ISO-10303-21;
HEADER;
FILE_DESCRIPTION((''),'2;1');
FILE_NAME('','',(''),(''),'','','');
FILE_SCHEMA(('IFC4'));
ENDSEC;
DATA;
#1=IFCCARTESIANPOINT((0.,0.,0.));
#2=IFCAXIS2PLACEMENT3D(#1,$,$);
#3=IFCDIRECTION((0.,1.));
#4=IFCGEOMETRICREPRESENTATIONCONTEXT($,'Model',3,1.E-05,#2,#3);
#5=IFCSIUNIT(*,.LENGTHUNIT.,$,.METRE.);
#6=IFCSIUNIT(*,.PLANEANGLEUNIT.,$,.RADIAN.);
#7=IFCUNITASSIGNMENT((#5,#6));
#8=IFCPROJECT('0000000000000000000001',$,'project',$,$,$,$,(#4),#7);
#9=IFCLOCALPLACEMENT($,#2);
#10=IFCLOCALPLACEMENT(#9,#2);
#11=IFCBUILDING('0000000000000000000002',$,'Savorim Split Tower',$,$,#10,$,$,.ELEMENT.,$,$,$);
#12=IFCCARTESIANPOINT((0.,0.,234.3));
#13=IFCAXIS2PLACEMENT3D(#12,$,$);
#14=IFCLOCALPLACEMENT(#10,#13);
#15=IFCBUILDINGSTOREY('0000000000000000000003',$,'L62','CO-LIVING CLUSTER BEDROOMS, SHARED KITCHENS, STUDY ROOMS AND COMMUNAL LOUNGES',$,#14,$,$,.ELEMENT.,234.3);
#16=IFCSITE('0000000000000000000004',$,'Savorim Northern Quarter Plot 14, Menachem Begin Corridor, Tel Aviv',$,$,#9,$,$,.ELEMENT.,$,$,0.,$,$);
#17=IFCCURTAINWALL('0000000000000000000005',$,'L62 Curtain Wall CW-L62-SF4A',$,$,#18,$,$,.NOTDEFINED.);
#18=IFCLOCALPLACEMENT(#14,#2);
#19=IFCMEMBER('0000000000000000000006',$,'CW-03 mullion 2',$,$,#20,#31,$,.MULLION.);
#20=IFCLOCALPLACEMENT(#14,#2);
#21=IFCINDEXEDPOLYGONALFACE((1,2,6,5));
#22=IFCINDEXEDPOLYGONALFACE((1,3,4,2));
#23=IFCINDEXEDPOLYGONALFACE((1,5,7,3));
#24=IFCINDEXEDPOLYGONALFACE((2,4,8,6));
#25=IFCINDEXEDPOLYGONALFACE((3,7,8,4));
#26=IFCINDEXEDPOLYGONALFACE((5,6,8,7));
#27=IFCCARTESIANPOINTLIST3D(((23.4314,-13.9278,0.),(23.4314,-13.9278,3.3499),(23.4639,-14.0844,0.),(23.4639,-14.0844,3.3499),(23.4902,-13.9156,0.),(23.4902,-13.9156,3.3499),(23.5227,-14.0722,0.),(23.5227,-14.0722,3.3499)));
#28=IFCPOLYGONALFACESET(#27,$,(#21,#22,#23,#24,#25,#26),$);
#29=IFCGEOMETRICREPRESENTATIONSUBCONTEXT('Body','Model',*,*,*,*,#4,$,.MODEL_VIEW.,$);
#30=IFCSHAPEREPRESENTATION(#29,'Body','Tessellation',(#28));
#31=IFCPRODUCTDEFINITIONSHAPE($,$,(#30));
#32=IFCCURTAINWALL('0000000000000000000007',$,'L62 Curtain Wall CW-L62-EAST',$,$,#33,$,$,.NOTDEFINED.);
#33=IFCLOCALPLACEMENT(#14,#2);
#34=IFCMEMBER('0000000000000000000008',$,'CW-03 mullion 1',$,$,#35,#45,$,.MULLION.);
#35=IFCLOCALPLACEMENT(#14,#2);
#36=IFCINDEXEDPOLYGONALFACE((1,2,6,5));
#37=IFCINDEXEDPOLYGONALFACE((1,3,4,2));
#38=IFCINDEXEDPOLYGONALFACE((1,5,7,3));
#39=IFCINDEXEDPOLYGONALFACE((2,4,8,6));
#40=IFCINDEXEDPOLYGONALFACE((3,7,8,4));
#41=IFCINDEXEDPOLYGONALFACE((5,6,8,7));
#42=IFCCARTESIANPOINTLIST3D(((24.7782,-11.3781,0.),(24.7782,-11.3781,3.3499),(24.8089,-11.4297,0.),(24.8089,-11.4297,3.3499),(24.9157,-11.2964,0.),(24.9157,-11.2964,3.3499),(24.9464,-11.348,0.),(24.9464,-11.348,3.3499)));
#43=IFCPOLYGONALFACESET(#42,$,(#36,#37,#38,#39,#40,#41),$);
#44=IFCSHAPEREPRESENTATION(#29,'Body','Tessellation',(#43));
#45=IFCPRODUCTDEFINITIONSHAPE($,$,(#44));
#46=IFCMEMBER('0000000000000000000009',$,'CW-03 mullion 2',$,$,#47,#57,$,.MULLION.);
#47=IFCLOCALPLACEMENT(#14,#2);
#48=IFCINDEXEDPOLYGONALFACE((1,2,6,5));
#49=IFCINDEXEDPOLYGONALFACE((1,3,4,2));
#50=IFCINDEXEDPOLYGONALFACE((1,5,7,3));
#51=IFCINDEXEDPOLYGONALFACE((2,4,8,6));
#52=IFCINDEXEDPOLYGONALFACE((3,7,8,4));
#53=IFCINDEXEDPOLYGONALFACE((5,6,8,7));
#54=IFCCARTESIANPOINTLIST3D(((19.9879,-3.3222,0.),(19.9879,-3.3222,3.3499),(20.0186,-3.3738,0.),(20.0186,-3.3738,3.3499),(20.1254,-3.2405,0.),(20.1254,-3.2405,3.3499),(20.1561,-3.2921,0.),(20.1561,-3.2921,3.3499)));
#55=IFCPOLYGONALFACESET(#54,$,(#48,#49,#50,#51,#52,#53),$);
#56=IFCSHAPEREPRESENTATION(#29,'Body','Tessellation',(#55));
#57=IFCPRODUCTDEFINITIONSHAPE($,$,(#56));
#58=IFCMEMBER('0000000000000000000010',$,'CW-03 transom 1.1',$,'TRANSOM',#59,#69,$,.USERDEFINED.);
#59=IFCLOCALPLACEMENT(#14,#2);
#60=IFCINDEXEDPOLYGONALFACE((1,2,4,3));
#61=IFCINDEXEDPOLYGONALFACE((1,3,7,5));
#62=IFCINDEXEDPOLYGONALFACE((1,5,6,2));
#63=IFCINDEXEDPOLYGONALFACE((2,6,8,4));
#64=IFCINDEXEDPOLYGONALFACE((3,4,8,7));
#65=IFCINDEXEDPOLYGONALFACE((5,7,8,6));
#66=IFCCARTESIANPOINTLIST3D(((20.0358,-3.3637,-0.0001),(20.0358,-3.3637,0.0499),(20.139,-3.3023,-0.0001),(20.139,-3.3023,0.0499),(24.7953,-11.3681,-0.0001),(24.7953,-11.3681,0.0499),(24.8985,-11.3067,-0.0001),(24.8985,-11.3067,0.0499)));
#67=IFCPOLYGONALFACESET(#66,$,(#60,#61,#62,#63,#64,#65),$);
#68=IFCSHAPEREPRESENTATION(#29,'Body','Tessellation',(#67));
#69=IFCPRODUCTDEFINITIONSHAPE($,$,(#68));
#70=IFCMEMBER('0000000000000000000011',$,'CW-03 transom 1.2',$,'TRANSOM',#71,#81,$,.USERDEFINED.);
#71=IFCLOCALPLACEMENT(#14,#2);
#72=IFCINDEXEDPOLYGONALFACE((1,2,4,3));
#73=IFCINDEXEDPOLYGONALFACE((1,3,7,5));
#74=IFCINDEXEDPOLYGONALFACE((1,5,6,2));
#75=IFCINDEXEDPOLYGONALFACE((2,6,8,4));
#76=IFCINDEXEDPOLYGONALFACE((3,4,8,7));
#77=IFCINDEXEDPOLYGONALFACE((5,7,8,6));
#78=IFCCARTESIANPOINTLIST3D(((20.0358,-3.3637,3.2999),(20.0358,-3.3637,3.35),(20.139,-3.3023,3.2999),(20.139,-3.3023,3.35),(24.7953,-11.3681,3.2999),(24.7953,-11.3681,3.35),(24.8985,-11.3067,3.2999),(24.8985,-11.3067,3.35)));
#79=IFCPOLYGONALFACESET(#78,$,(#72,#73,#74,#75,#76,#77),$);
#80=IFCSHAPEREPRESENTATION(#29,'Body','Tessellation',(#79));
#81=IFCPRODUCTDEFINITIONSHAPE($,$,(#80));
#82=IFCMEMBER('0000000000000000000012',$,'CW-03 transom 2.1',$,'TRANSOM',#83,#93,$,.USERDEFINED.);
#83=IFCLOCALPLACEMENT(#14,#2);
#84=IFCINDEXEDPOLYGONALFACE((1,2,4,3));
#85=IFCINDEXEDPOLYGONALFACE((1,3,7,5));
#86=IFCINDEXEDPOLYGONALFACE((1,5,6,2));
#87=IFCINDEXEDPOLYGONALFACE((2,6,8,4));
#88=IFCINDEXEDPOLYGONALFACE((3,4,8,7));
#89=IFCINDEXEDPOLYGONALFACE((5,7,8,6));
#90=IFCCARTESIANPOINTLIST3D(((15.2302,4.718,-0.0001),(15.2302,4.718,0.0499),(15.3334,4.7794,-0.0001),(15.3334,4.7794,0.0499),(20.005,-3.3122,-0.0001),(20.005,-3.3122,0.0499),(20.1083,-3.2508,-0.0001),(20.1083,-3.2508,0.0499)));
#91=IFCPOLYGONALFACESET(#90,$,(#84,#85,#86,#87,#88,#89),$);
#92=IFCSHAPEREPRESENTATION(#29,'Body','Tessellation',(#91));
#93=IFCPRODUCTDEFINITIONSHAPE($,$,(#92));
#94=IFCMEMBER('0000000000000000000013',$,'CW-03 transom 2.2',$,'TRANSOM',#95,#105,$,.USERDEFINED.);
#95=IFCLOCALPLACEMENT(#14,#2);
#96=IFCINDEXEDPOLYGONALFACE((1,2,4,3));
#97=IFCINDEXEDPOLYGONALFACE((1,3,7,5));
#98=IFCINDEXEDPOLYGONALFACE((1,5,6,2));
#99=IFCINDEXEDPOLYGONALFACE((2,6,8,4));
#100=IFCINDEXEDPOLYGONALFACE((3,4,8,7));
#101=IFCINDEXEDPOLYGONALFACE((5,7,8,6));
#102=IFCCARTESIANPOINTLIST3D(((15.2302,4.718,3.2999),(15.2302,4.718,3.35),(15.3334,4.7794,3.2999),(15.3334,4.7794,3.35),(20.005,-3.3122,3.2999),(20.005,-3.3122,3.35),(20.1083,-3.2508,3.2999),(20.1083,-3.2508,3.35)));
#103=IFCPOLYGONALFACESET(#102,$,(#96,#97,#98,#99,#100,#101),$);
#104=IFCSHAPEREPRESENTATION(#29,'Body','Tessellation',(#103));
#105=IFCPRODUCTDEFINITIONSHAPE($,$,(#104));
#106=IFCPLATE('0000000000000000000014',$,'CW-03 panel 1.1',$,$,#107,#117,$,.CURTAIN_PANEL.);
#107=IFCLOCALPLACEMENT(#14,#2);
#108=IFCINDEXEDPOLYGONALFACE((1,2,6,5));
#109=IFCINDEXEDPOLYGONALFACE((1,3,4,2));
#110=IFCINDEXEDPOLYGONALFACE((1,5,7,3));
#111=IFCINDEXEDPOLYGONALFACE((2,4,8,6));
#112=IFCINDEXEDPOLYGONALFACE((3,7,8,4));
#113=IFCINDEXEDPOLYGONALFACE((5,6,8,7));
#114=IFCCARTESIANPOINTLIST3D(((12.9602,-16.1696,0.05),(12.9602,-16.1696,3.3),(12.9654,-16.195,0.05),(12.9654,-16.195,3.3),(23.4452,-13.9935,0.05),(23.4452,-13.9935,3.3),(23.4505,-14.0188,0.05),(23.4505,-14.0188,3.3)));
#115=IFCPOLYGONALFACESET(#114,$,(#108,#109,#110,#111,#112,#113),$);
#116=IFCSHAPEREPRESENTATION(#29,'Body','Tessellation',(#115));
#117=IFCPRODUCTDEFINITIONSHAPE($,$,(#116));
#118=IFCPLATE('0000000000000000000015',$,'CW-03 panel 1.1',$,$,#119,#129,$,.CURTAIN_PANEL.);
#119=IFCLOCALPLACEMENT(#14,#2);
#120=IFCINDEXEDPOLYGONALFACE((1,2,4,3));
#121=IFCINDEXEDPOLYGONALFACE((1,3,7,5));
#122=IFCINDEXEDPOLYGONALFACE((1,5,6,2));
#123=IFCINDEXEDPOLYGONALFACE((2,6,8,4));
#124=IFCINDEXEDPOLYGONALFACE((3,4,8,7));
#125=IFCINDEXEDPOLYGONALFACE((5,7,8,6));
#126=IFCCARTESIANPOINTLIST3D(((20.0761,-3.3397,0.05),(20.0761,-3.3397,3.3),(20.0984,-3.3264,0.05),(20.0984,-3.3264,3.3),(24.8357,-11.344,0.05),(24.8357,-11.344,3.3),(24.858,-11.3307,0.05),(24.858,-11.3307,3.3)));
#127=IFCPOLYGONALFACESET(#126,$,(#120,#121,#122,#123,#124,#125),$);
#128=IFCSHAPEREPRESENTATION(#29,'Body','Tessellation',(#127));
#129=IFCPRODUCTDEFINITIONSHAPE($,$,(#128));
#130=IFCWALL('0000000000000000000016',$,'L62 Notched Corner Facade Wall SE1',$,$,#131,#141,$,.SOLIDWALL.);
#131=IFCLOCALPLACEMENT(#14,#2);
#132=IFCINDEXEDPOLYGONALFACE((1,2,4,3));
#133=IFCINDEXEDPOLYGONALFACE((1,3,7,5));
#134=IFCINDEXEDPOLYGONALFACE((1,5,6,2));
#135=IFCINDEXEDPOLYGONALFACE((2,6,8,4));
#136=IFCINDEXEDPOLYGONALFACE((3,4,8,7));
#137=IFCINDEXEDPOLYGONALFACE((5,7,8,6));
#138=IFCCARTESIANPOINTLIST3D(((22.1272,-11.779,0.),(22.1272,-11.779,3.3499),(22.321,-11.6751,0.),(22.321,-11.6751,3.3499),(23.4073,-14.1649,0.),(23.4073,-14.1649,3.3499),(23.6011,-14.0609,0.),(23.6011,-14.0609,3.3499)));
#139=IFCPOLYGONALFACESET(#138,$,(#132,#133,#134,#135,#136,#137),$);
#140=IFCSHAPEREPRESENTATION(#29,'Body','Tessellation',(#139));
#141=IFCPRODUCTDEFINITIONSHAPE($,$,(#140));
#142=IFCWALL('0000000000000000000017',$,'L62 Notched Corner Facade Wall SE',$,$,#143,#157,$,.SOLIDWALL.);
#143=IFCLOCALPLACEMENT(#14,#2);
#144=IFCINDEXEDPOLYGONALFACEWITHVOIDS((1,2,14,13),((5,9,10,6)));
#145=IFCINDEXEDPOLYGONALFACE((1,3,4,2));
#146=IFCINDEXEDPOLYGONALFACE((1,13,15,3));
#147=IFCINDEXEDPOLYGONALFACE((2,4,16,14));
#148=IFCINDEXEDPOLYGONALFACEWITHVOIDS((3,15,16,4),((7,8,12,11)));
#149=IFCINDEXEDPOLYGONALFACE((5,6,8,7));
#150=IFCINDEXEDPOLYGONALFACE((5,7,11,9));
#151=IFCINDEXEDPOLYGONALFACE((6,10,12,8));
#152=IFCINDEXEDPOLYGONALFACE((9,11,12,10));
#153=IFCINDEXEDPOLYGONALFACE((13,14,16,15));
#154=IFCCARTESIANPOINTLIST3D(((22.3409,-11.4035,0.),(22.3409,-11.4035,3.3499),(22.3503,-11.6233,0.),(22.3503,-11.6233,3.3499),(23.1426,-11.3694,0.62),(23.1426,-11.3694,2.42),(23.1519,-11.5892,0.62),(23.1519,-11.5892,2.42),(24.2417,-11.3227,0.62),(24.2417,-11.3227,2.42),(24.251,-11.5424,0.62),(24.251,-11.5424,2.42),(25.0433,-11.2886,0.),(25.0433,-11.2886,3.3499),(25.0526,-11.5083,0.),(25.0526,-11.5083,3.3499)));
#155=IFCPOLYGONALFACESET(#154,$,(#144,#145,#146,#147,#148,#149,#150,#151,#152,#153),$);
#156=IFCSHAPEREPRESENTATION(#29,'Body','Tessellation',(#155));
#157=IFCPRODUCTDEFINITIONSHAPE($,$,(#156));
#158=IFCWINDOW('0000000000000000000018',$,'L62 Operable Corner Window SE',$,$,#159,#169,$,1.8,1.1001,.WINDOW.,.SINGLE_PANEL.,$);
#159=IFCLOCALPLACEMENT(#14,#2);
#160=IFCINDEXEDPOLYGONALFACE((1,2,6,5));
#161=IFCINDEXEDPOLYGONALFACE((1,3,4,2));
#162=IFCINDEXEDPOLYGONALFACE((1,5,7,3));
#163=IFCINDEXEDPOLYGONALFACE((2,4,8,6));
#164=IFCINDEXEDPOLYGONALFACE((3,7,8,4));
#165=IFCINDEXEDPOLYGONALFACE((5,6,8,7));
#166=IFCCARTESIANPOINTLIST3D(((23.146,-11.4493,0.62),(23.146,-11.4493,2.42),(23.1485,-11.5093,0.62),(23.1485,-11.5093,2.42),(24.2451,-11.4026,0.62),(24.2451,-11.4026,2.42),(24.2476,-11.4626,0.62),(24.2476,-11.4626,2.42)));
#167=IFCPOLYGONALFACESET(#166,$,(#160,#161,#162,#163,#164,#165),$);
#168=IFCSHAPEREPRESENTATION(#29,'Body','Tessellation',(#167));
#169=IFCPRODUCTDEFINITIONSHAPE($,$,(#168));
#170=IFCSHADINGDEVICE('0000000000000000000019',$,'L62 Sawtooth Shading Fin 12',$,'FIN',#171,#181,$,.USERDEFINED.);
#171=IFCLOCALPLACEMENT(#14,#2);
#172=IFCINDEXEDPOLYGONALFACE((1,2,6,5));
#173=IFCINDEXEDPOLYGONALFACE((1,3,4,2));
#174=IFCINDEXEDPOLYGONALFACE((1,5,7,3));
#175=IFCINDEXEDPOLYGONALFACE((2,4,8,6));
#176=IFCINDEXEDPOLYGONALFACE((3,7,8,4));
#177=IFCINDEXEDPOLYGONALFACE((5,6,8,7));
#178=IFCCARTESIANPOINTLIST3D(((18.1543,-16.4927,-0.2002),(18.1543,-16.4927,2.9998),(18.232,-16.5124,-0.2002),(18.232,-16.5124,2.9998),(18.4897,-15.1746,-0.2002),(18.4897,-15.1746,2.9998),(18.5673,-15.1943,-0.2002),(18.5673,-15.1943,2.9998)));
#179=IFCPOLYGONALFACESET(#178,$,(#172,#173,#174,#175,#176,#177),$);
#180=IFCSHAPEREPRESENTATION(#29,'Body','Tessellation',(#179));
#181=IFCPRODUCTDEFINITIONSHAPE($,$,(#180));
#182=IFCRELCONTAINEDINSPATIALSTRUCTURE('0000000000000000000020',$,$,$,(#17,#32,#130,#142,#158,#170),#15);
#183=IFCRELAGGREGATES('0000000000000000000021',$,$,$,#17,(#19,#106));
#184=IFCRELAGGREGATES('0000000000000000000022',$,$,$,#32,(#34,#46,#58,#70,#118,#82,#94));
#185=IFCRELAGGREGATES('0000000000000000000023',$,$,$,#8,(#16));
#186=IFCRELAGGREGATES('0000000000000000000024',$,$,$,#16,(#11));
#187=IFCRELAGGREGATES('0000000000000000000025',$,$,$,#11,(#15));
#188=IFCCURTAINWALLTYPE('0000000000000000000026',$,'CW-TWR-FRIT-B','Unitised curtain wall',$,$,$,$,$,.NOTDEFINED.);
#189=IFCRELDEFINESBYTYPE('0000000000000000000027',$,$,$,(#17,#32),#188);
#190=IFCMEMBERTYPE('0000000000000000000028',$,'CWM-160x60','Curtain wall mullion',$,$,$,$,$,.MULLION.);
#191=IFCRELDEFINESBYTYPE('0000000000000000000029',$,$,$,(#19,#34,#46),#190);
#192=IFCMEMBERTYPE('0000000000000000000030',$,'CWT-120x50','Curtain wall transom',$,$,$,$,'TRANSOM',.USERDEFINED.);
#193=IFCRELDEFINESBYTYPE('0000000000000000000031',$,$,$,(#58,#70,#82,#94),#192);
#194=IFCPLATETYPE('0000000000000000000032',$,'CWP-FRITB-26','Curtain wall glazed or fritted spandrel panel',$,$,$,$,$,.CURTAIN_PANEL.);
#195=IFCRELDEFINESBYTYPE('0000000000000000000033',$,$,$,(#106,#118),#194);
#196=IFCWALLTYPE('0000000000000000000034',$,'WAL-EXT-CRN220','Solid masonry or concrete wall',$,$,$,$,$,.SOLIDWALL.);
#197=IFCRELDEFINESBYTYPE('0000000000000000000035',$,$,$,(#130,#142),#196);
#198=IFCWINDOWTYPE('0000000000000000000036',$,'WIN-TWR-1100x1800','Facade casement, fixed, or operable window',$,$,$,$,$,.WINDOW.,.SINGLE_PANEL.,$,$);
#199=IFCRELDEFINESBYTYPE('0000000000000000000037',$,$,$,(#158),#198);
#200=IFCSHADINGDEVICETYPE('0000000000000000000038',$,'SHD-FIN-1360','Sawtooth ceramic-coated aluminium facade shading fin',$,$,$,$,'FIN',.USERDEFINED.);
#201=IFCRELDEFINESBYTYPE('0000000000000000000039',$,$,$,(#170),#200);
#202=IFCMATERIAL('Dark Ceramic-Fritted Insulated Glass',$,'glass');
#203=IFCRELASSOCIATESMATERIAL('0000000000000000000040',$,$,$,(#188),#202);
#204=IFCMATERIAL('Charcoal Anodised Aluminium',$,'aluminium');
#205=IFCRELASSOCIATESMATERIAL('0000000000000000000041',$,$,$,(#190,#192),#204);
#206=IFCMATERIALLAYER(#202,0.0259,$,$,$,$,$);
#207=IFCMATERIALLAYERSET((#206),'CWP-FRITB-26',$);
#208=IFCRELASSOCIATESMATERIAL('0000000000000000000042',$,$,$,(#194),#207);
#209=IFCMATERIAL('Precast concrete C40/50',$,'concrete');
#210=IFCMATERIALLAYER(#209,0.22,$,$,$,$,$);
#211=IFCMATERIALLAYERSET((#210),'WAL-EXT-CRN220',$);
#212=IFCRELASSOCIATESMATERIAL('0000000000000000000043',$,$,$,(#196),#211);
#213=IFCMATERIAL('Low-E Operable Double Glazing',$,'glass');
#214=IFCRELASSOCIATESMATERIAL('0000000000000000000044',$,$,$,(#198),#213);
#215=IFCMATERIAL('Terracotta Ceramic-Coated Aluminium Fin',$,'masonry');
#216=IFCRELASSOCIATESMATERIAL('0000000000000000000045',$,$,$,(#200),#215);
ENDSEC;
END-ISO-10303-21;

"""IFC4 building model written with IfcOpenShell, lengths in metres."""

from ifc_helpers import new_model, si_unit, direction, frame, frame_2d, origin, origin_2d, place, context, subcontext, project, spatial, rectangle, extrude, material, layer, layer_set, material_profile, profile_set, type_object, element, fill, aggregate, save


model = new_model("IFC4")

# Units and contexts
model_context = context("Model", 3, precision=1e-05, world=origin(), true_north=direction((0.0, 1.0)))
body_context = subcontext(model_context, "Body", "Model", "MODEL_VIEW")
ifc_project = project(units=[si_unit("LENGTHUNIT", "METRE"), si_unit("PLANEANGLEUNIT", "RADIAN")], contexts=[model_context])

# Site, building, storey
site_placement = place(None, origin())
site = spatial("IfcSite", under=ifc_project, at=site_placement, Name="Savorim Northern Quarter Plot 14, Menachem Begin Corridor, Tel Aviv", CompositionType="ELEMENT", RefElevation=0.0)
building_placement = place(site_placement, origin())
building = spatial("IfcBuilding", under=site, at=building_placement, Name="Savorim Split Tower", CompositionType="ELEMENT")
storey_placement = place(building_placement, frame((0.0, 0.0, 234.3)))
storey = spatial("IfcBuildingStorey", under=building, at=storey_placement, Name="L62", Description="CO-LIVING CLUSTER BEDROOMS, SHARED KITCHENS, STUDY ROOMS AND COMMUNAL LOUNGES", CompositionType="ELEMENT", Elevation=234.3)

# Curtain wall, member
ifc_material_1 = material(Name="Dark Ceramic-Fritted Insulated Glass", Category="glass")
curtain_wall_type = type_object("IfcCurtainWallType", Name="CW-TWR-FRIT-B", Description="Unitised curtain wall", PredefinedType="NOTDEFINED", material=ifc_material_1)
curtain_wall_1_placement = place(storey_placement, origin())
curtain_wall_1 = element("IfcCurtainWall", 1, at=curtain_wall_1_placement, inside=storey, type_object=curtain_wall_type, Name="L62 Curtain Wall CW-L62-SF4A", PredefinedType="NOTDEFINED")
ifc_material_2 = material(Name="Charcoal Anodised Aluminium", Category="aluminium")
ifc_material_profile_1 = material_profile(ifc_material_2, rectangle(XDim=0.1599, YDim=0.0601, at=origin_2d()), Name="ALU-M 160x60")
ifc_profile_set_1 = profile_set([ifc_material_profile_1], Name="Charcoal Anodised Aluminium")
member_type_1 = type_object("IfcMemberType", Name="CWM-160x60", Description="Curtain wall mullion", PredefinedType="MULLION", material=ifc_profile_set_1)
member_1_placement = place(storey_placement, frame((23.4771, -14.0, 0.0), z_axis=(0.0, 0.0, 1.0), x_axis=(-0.203215, 0.979134, 0.0)))
member_1 = element("IfcMember", 2, at=member_1_placement, type_object=member_type_1, Name="CW-03 mullion 2", PredefinedType="MULLION", context=body_context, shape_type="SweptSolid", body=[
    extrude(rectangle(XDim=0.1599, YDim=0.0601, at=origin_2d()), origin(), (0.0, 0.0, 1.0), 3.3499),
])

# Curtain wall, members
curtain_wall_2_placement = place(storey_placement, origin())
curtain_wall_2 = element("IfcCurtainWall", 3, at=curtain_wall_2_placement, inside=storey, type_object=curtain_wall_type, Name="L62 Curtain Wall CW-L62-EAST", PredefinedType="NOTDEFINED")
member_2_placement = place(storey_placement, frame((24.8623, -11.363, 0.0), z_axis=(0.0, 0.0, 1.0), x_axis=(-0.859524, -0.511096, 0.0)))
member_2 = element("IfcMember", 4, at=member_2_placement, type_object=member_type_1, Name="CW-03 mullion 1", PredefinedType="MULLION", context=body_context, shape_type="SweptSolid", body=[
    extrude(rectangle(XDim=0.1599, YDim=0.0601, at=origin_2d()), origin(), (0.0, 0.0, 1.0), 3.3499),
])
member_3_placement = place(storey_placement, frame((20.072, -3.3071, 0.0), z_axis=(0.0, 0.0, 1.0), x_axis=(-0.859524, -0.511096, 0.0)))
member_3 = element("IfcMember", 5, at=member_3_placement, type_object=member_type_1, Name="CW-03 mullion 2", PredefinedType="MULLION", context=body_context, shape_type="SweptSolid", body=[
    extrude(rectangle(XDim=0.1599, YDim=0.0601, at=origin_2d()), origin(), (0.0, 0.0, 1.0), 3.3499),
])
ifc_material_profile_2 = material_profile(ifc_material_2, rectangle(XDim=0.1201, YDim=0.05, at=origin_2d()), Name="ALU-T 120x50")
ifc_profile_set_2 = profile_set([ifc_material_profile_2], Name="Charcoal Anodised Aluminium")
member_type_2 = type_object("IfcMemberType", Name="CWT-120x50", Description="Curtain wall transom", ElementType="TRANSOM", PredefinedType="USERDEFINED", material=ifc_profile_set_2)
member_4_placement = place(storey_placement, frame((24.8469, -11.3374, 0.0249), z_axis=(-0.511087, 0.859529, 0.0), x_axis=(-0.859529, -0.511087, 0.0)))
member_4 = element("IfcMember", 6, at=member_4_placement, type_object=member_type_2, Name="CW-03 transom 1.1", ObjectType="TRANSOM", PredefinedType="USERDEFINED", context=body_context, shape_type="SweptSolid", body=[
    extrude(rectangle(XDim=0.1201, YDim=0.05, at=origin_2d()), origin(), (0.0, 0.0, 1.0), 9.3125),
])
member_5_placement = place(storey_placement, frame((24.8469, -11.3374, 3.325), z_axis=(-0.511087, 0.859529, 0.0), x_axis=(-0.859529, -0.511087, 0.0)))
member_5 = element("IfcMember", 7, at=member_5_placement, type_object=member_type_2, Name="CW-03 transom 1.2", ObjectType="TRANSOM", PredefinedType="USERDEFINED", context=body_context, shape_type="SweptSolid", body=[
    extrude(rectangle(XDim=0.1201, YDim=0.05, at=origin_2d()), origin(), (0.0, 0.0, 1.0), 9.3125),
])
member_6_placement = place(storey_placement, frame((20.0566, -3.2815, 0.0249), z_axis=(-0.511087, 0.859529, 0.0), x_axis=(-0.859529, -0.511087, 0.0)))
member_6 = element("IfcMember", 8, at=member_6_placement, type_object=member_type_2, Name="CW-03 transom 2.1", ObjectType="TRANSOM", PredefinedType="USERDEFINED", context=body_context, shape_type="SweptSolid", body=[
    extrude(rectangle(XDim=0.1201, YDim=0.05, at=origin_2d()), origin(), (0.0, 0.0, 1.0), 9.3425),
])
member_7_placement = place(storey_placement, frame((20.0566, -3.2815, 3.325), z_axis=(-0.511087, 0.859529, 0.0), x_axis=(-0.859529, -0.511087, 0.0)))
member_7 = element("IfcMember", 9, at=member_7_placement, type_object=member_type_2, Name="CW-03 transom 2.2", ObjectType="TRANSOM", PredefinedType="USERDEFINED", context=body_context, shape_type="SweptSolid", body=[
    extrude(rectangle(XDim=0.1201, YDim=0.05, at=origin_2d()), origin(), (0.0, 0.0, 1.0), 9.3425),
])

# Plates
ifc_layer_1 = layer(ifc_material_1, 0.0259)
ifc_layer_set_1 = layer_set([ifc_layer_1], Name="CWP-FRITB-26")
plate_type = type_object("IfcPlateType", Name="CWP-FRITB-26", Description="Curtain wall glazed or fritted spandrel panel", PredefinedType="CURTAIN_PANEL", material=ifc_layer_set_1)
plate_1_placement = place(storey_placement, frame((18.2053, -15.0942, 0.05), z_axis=(0.0, 0.0, 1.0), x_axis=(0.979134, 0.203215, 0.0)))
plate_1 = element("IfcPlate", 10, at=plate_1_placement, type_object=plate_type, Name="CW-03 panel 1.1", PredefinedType="CURTAIN_PANEL", context=body_context, shape_type="SweptSolid", body=[
    extrude(rectangle(XDim=10.7085, YDim=0.0259, at=origin_2d()), origin(), (0.0, 0.0, 1.0), 3.25),
])
aggregate(curtain_wall_1, [member_1, plate_1])
plate_2_placement = place(storey_placement, frame((22.467, -7.3352, 0.05), z_axis=(0.0, 0.0, 1.0), x_axis=(-0.511096, 0.859524, 0.0)))
plate_2 = element("IfcPlate", 11, at=plate_2_placement, type_object=plate_type, Name="CW-03 panel 1.1", PredefinedType="CURTAIN_PANEL", context=body_context, shape_type="SweptSolid", body=[
    extrude(rectangle(XDim=9.3125, YDim=0.0259, at=origin_2d()), origin(), (0.0, 0.0, 1.0), 3.25),
])
aggregate(curtain_wall_2, [member_2, member_3, member_4, member_5, plate_2, member_6, member_7])

# Wall
ifc_material_3 = material(Name="Precast concrete C40/50", Category="concrete")
ifc_layer_2 = layer(ifc_material_3, 0.22)
ifc_layer_set_2 = layer_set([ifc_layer_2], Name="WAL-EXT-CRN220")
wall_type = type_object("IfcWallType", Name="WAL-EXT-CRN220", Description="Solid masonry or concrete wall", PredefinedType="SOLIDWALL", material=ifc_layer_set_2)
wall_1_placement = place(storey_placement, frame((22.2241, -11.7271, 0.0), z_axis=(0.0, 0.0, 1.0), x_axis=(0.472782, -0.88118, 0.0)))
element("IfcWall", 12, at=wall_1_placement, inside=storey, type_object=wall_type, Name="L62 Notched Corner Facade Wall SE1", PredefinedType="SOLIDWALL", context=body_context, shape_type="SweptSolid", body=[
    extrude(rectangle(XDim=2.7075, YDim=0.22, at=frame_2d((1.3538, 0.0))), origin(), (0.0, 0.0, 1.0), 3.3499),
])

# Wall, opening, window
wall_2_placement = place(storey_placement, frame((25.0481, -11.3984, 0.0), z_axis=(0.0, 0.0, 1.0), x_axis=(-0.999096, -0.042513, 0.0)))
wall_2 = element("IfcWall", 13, at=wall_2_placement, inside=storey, type_object=wall_type, Name="L62 Notched Corner Facade Wall SE", PredefinedType="SOLIDWALL", context=body_context, shape_type="SweptSolid", body=[
    extrude(rectangle(XDim=2.7048, YDim=0.22, at=frame_2d((1.3525, 0.0))), origin(), (0.0, 0.0, 1.0), 3.3499),
])
opening_placement = place(wall_2_placement, frame((0.8025, 0.0, 0.6201)))
opening = element("IfcOpeningElement", 14, at=opening_placement, cuts=wall_2, PredefinedType="OPENING", context=body_context, shape_type="SweptSolid", body=[
    extrude(rectangle(XDim=1.1001, YDim=1.8, at=frame_2d((0.55, 0.8999))), frame((0.0, 0.1199, 0.0), z_axis=(0.0, -1.0, 0.0), x_axis=(1.0, 0.0, 0.0)), (0.0, 0.0, 1.0), 0.24),
])
ifc_material_4 = material(Name="Low-E Operable Double Glazing", Category="glass")
window_type = type_object("IfcWindowType", Name="WIN-TWR-1100x1800", Description="Facade casement, fixed, or operable window", PartitioningType="SINGLE_PANEL", PredefinedType="WINDOW", material=ifc_material_4)
window_placement = place(opening_placement, origin())
window = element("IfcWindow", 15, at=window_placement, inside=storey, type_object=window_type, Name="L62 Operable Corner Window SE", OverallHeight=1.8, OverallWidth=1.1001, PartitioningType="SINGLE_PANEL", PredefinedType="WINDOW", context=body_context, shape_type="SweptSolid", body=[
    extrude(rectangle(XDim=1.1001, YDim=1.8, at=frame_2d((0.55, 0.8999))), frame((0.0, 0.03, 0.0), z_axis=(0.0, -1.0, 0.0), x_axis=(1.0, 0.0, 0.0)), (0.0, 0.0, 1.0), 0.0601),
])
fill(opening, window)

# Shading device
ifc_material_5 = material(Name="Terracotta Ceramic-Coated Aluminium Fin", Category="masonry")
shading_device_type = type_object("IfcShadingDeviceType", Name="SHD-FIN-1360", Description="Sawtooth ceramic-coated aluminium facade shading fin", ElementType="FIN", PredefinedType="USERDEFINED", material=ifc_material_5)
for number, where, z_axis, x_axis, name in (
    (16, (18.3608, -15.8435, -0.2002), (0.0, 0.0, 1.0), (-0.246581, -0.969122, 0.0), "L62 Sawtooth Shading Fin 12"),
):
    element("IfcShadingDevice", number, at=place(storey_placement, frame(where, z_axis=z_axis, x_axis=x_axis)), inside=storey, type_object=shading_device_type, Name=name, ObjectType="FIN", PredefinedType="USERDEFINED", context=body_context, shape_type="SweptSolid", body=[
        extrude(rectangle(XDim=1.3601, YDim=0.0801, at=origin_2d()), origin(), (0.0, 0.0, 1.0), 3.2),
    ])

save(model, "model.ifc")
